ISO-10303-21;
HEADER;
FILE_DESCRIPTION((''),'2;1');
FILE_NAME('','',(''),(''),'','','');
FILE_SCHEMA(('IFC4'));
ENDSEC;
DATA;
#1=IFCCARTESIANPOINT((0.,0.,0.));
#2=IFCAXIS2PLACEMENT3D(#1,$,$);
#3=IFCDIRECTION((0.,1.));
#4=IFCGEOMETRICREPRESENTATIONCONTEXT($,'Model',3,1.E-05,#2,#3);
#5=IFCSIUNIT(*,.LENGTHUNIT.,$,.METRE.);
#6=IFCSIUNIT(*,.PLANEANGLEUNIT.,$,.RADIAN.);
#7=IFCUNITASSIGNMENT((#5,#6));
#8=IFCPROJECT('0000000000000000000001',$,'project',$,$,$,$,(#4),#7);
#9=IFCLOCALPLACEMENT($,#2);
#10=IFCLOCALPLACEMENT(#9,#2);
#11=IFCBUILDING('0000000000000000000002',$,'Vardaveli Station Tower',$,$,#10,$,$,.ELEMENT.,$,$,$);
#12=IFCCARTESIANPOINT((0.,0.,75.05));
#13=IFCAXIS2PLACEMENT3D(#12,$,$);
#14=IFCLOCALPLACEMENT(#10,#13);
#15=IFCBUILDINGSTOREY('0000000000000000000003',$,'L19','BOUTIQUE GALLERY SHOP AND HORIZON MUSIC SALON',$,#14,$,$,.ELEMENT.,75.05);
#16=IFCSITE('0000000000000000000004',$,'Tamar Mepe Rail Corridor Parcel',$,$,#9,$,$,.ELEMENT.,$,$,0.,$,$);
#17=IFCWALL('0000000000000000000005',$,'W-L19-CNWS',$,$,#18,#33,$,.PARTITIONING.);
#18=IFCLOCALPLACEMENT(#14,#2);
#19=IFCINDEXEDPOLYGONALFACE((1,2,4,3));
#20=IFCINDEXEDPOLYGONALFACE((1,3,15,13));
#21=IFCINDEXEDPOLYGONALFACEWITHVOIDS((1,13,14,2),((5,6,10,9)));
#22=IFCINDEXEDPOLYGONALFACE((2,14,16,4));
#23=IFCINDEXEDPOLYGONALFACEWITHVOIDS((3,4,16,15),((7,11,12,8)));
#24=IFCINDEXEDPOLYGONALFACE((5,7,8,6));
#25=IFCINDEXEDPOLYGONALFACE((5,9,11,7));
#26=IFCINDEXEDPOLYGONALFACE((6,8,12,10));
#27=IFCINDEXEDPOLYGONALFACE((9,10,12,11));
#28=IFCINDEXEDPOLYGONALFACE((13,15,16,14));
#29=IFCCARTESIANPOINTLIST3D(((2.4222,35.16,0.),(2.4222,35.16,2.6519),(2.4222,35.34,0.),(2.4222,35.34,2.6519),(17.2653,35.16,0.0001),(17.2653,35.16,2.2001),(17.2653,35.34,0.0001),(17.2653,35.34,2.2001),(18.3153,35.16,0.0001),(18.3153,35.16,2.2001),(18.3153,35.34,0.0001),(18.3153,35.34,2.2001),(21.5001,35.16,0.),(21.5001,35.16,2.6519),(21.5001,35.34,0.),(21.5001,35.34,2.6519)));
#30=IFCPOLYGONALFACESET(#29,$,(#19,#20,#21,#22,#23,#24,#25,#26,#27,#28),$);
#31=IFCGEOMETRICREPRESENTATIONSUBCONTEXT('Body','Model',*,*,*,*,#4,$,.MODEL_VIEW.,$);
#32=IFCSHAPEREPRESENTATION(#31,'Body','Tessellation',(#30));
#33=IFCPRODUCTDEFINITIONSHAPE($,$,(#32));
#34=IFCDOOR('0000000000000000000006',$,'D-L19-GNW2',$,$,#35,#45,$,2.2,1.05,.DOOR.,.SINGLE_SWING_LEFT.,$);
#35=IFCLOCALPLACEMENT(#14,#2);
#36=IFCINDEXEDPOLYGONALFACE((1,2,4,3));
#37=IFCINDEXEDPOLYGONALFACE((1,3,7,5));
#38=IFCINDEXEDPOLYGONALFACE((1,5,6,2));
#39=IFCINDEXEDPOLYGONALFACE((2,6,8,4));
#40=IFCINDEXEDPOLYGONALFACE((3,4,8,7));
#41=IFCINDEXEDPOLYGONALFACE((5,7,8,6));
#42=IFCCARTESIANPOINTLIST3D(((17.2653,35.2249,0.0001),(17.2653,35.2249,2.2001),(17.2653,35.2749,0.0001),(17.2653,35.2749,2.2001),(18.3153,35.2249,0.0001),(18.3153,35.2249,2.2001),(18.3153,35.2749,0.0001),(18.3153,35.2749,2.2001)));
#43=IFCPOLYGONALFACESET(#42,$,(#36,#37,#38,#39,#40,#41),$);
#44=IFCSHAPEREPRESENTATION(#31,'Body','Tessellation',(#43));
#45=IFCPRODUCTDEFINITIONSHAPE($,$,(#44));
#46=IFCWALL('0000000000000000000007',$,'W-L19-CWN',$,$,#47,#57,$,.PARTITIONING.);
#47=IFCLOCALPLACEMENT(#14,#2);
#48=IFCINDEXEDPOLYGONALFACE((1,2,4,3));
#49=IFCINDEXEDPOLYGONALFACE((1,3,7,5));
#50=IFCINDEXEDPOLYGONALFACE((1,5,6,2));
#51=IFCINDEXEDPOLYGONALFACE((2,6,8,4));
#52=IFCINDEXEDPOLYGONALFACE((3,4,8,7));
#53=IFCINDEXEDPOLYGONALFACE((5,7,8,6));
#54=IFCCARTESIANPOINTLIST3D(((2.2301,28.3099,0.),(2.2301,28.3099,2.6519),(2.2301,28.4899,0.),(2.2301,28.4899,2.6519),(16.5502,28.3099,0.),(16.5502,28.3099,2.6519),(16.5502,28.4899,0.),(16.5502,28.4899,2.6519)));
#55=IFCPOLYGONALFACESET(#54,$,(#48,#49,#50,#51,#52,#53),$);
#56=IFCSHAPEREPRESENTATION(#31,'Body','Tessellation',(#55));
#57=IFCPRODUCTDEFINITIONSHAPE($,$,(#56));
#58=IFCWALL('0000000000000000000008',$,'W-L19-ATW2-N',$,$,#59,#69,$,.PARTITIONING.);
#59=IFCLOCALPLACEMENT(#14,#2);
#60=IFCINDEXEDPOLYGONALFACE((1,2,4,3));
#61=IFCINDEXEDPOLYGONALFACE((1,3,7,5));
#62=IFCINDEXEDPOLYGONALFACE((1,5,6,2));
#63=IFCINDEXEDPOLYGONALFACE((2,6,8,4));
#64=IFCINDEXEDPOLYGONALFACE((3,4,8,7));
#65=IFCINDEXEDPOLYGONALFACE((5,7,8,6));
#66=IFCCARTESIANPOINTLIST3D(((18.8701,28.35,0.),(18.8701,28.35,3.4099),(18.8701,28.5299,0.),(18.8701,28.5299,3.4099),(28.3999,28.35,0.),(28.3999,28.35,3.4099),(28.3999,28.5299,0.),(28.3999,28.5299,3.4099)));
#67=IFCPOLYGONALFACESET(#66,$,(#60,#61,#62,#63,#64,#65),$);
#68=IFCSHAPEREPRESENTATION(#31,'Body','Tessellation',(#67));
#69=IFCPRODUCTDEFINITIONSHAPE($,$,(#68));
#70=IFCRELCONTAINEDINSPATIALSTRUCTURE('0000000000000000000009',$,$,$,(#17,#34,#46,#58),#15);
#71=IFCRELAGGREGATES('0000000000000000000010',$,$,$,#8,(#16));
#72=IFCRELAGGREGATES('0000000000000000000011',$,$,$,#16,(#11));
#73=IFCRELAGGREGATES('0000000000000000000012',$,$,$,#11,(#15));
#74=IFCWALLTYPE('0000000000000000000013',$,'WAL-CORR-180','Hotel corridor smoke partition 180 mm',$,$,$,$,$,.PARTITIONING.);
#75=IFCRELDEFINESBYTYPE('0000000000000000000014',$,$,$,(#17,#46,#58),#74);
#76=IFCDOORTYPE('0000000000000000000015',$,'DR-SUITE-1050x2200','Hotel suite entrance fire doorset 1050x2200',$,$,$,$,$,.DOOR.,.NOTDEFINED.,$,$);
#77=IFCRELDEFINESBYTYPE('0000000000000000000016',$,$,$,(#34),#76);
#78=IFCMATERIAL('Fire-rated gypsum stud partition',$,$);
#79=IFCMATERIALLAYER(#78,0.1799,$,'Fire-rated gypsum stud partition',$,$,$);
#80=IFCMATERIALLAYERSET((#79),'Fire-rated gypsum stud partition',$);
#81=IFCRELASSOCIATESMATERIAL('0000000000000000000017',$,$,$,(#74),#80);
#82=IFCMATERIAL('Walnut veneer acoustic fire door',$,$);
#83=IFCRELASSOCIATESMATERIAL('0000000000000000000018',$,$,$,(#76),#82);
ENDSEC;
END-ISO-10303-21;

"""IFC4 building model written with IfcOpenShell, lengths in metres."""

from ifc_helpers import new_model, si_unit, direction, frame, frame_2d, origin, place, context, subcontext, project, spatial, rectangle, extrude, source, transform, mapped, material, layer, layer_set, type_object, element, fill, save


model = new_model("IFC4")

# Units and contexts
model_context = context("Model", 3, precision=1e-05, world=origin(), true_north=direction((0.0, 1.0)))
body_context = subcontext(model_context, "Body", "Model", "MODEL_VIEW")
ifc_project = project(units=[si_unit("LENGTHUNIT", "METRE"), si_unit("PLANEANGLEUNIT", "RADIAN")], contexts=[model_context])

# Site, building, storey
site_placement = place(None, origin())
site = spatial("IfcSite", under=ifc_project, at=site_placement, Name="Tamar Mepe Rail Corridor Parcel", CompositionType="ELEMENT", RefElevation=0.0)
building_placement = place(site_placement, origin())
building = spatial("IfcBuilding", under=site, at=building_placement, Name="Vardaveli Station Tower", CompositionType="ELEMENT")
storey_placement = place(building_placement, frame((0.0, 0.0, 75.05)))
storey = spatial("IfcBuildingStorey", under=building, at=storey_placement, Name="L19", Description="BOUTIQUE GALLERY SHOP AND HORIZON MUSIC SALON", CompositionType="ELEMENT", Elevation=75.05)

# Wall, opening, door
ifc_material_1 = material(Name="Fire-rated gypsum stud partition")
ifc_layer_1 = layer(ifc_material_1, 0.1799, Name="Fire-rated gypsum stud partition")
ifc_layer_set_1 = layer_set([ifc_layer_1], Name="Fire-rated gypsum stud partition")
wall_type = type_object("IfcWallType", Name="WAL-CORR-180", Description="Hotel corridor smoke partition 180 mm", PredefinedType="PARTITIONING", material=ifc_layer_set_1)
shared_shape_1 = source(origin(), body_context, "Body", "SweptSolid", [
    extrude(rectangle(XDim=19.0779, YDim=0.1799, at=frame_2d((9.5391, 0.0))), origin(), (0.0, 0.0, 1.0), 2.6519),
])
wall_1_placement = place(storey_placement, frame((2.4221, 35.25, 0.0), z_axis=(0.0, 0.0, 1.0), x_axis=(1.0, 0.0, 0.0)))
wall_1 = element("IfcWall", 1, at=wall_1_placement, inside=storey, type_object=wall_type, Name="W-L19-CNWS", PredefinedType="PARTITIONING", context=body_context, shape_type="MappedRepresentation", body=[
    mapped(shared_shape_1, transform((0.0, 0.0, 0.0), scale=1.0)),
])
shared_shape_2 = source(origin(), body_context, "Body", "SweptSolid", [
    extrude(rectangle(XDim=1.05, YDim=2.2, at=frame_2d((0.5249, 1.1001))), frame((0.0, 0.1001, 0.0), z_axis=(0.0, -1.0, 0.0), x_axis=(1.0, 0.0, 0.0)), (0.0, 0.0, 1.0), 0.2),
])
opening_placement = place(wall_1_placement, frame((14.8433, 0.0, 0.0)))
opening = element("IfcOpeningElement", 2, at=opening_placement, cuts=wall_1, PredefinedType="OPENING", context=body_context, shape_type="MappedRepresentation", body=[
    mapped(shared_shape_2, transform((0.0, 0.0, 0.0), scale=1.0)),
])
ifc_material_2 = material(Name="Walnut veneer acoustic fire door")
door_type = type_object("IfcDoorType", Name="DR-SUITE-1050x2200", Description="Hotel suite entrance fire doorset 1050x2200", OperationType="NOTDEFINED", PredefinedType="DOOR", material=ifc_material_2)
shared_shape_3 = source(origin(), body_context, "Body", "SweptSolid", [
    extrude(rectangle(XDim=1.05, YDim=2.2, at=frame_2d((0.5249, 1.1001))), frame((0.0, 0.0249, 0.0), z_axis=(0.0, -1.0, 0.0), x_axis=(1.0, 0.0, 0.0)), (0.0, 0.0, 1.0), 0.05),
])
door_placement = place(opening_placement, origin())
door = element("IfcDoor", 3, at=door_placement, inside=storey, type_object=door_type, Name="D-L19-GNW2", OperationType="SINGLE_SWING_LEFT", OverallHeight=2.2, OverallWidth=1.05, PredefinedType="DOOR", context=body_context, shape_type="MappedRepresentation", body=[
    mapped(shared_shape_3, transform((0.0, 0.0, 0.0), scale=1.0)),
])
fill(opening, door)

# Walls
shared_shape_4 = source(origin(), body_context, "Body", "SweptSolid", [
    extrude(rectangle(XDim=14.3201, YDim=0.1799, at=frame_2d((7.1602, 0.0))), origin(), (0.0, 0.0, 1.0), 2.6519),
])
wall_2_placement = place(storey_placement, frame((2.23, 28.3999, 0.0), z_axis=(0.0, 0.0, 1.0), x_axis=(1.0, 0.0, 0.0)))
element("IfcWall", 4, at=wall_2_placement, inside=storey, type_object=wall_type, Name="W-L19-CWN", PredefinedType="PARTITIONING", context=body_context, shape_type="MappedRepresentation", body=[
    mapped(shared_shape_4, transform((0.0, 0.0, 0.0), scale=1.0)),
])
shared_shape_5 = source(origin(), body_context, "Body", "SweptSolid", [
    extrude(rectangle(XDim=9.5298, YDim=0.1799, at=frame_2d((4.7649, 0.0))), origin(), (0.0, 0.0, 1.0), 3.4099),
])
wall_3_placement = place(storey_placement, frame((18.8701, 28.4399, 0.0), z_axis=(0.0, 0.0, 1.0), x_axis=(1.0, 0.0, 0.0)))
element("IfcWall", 5, at=wall_3_placement, inside=storey, type_object=wall_type, Name="W-L19-ATW2-N", PredefinedType="PARTITIONING", context=body_context, shape_type="MappedRepresentation", body=[
    mapped(shared_shape_5, transform((0.0, 0.0, 0.0), scale=1.0)),
])

save(model, "model.ifc")
